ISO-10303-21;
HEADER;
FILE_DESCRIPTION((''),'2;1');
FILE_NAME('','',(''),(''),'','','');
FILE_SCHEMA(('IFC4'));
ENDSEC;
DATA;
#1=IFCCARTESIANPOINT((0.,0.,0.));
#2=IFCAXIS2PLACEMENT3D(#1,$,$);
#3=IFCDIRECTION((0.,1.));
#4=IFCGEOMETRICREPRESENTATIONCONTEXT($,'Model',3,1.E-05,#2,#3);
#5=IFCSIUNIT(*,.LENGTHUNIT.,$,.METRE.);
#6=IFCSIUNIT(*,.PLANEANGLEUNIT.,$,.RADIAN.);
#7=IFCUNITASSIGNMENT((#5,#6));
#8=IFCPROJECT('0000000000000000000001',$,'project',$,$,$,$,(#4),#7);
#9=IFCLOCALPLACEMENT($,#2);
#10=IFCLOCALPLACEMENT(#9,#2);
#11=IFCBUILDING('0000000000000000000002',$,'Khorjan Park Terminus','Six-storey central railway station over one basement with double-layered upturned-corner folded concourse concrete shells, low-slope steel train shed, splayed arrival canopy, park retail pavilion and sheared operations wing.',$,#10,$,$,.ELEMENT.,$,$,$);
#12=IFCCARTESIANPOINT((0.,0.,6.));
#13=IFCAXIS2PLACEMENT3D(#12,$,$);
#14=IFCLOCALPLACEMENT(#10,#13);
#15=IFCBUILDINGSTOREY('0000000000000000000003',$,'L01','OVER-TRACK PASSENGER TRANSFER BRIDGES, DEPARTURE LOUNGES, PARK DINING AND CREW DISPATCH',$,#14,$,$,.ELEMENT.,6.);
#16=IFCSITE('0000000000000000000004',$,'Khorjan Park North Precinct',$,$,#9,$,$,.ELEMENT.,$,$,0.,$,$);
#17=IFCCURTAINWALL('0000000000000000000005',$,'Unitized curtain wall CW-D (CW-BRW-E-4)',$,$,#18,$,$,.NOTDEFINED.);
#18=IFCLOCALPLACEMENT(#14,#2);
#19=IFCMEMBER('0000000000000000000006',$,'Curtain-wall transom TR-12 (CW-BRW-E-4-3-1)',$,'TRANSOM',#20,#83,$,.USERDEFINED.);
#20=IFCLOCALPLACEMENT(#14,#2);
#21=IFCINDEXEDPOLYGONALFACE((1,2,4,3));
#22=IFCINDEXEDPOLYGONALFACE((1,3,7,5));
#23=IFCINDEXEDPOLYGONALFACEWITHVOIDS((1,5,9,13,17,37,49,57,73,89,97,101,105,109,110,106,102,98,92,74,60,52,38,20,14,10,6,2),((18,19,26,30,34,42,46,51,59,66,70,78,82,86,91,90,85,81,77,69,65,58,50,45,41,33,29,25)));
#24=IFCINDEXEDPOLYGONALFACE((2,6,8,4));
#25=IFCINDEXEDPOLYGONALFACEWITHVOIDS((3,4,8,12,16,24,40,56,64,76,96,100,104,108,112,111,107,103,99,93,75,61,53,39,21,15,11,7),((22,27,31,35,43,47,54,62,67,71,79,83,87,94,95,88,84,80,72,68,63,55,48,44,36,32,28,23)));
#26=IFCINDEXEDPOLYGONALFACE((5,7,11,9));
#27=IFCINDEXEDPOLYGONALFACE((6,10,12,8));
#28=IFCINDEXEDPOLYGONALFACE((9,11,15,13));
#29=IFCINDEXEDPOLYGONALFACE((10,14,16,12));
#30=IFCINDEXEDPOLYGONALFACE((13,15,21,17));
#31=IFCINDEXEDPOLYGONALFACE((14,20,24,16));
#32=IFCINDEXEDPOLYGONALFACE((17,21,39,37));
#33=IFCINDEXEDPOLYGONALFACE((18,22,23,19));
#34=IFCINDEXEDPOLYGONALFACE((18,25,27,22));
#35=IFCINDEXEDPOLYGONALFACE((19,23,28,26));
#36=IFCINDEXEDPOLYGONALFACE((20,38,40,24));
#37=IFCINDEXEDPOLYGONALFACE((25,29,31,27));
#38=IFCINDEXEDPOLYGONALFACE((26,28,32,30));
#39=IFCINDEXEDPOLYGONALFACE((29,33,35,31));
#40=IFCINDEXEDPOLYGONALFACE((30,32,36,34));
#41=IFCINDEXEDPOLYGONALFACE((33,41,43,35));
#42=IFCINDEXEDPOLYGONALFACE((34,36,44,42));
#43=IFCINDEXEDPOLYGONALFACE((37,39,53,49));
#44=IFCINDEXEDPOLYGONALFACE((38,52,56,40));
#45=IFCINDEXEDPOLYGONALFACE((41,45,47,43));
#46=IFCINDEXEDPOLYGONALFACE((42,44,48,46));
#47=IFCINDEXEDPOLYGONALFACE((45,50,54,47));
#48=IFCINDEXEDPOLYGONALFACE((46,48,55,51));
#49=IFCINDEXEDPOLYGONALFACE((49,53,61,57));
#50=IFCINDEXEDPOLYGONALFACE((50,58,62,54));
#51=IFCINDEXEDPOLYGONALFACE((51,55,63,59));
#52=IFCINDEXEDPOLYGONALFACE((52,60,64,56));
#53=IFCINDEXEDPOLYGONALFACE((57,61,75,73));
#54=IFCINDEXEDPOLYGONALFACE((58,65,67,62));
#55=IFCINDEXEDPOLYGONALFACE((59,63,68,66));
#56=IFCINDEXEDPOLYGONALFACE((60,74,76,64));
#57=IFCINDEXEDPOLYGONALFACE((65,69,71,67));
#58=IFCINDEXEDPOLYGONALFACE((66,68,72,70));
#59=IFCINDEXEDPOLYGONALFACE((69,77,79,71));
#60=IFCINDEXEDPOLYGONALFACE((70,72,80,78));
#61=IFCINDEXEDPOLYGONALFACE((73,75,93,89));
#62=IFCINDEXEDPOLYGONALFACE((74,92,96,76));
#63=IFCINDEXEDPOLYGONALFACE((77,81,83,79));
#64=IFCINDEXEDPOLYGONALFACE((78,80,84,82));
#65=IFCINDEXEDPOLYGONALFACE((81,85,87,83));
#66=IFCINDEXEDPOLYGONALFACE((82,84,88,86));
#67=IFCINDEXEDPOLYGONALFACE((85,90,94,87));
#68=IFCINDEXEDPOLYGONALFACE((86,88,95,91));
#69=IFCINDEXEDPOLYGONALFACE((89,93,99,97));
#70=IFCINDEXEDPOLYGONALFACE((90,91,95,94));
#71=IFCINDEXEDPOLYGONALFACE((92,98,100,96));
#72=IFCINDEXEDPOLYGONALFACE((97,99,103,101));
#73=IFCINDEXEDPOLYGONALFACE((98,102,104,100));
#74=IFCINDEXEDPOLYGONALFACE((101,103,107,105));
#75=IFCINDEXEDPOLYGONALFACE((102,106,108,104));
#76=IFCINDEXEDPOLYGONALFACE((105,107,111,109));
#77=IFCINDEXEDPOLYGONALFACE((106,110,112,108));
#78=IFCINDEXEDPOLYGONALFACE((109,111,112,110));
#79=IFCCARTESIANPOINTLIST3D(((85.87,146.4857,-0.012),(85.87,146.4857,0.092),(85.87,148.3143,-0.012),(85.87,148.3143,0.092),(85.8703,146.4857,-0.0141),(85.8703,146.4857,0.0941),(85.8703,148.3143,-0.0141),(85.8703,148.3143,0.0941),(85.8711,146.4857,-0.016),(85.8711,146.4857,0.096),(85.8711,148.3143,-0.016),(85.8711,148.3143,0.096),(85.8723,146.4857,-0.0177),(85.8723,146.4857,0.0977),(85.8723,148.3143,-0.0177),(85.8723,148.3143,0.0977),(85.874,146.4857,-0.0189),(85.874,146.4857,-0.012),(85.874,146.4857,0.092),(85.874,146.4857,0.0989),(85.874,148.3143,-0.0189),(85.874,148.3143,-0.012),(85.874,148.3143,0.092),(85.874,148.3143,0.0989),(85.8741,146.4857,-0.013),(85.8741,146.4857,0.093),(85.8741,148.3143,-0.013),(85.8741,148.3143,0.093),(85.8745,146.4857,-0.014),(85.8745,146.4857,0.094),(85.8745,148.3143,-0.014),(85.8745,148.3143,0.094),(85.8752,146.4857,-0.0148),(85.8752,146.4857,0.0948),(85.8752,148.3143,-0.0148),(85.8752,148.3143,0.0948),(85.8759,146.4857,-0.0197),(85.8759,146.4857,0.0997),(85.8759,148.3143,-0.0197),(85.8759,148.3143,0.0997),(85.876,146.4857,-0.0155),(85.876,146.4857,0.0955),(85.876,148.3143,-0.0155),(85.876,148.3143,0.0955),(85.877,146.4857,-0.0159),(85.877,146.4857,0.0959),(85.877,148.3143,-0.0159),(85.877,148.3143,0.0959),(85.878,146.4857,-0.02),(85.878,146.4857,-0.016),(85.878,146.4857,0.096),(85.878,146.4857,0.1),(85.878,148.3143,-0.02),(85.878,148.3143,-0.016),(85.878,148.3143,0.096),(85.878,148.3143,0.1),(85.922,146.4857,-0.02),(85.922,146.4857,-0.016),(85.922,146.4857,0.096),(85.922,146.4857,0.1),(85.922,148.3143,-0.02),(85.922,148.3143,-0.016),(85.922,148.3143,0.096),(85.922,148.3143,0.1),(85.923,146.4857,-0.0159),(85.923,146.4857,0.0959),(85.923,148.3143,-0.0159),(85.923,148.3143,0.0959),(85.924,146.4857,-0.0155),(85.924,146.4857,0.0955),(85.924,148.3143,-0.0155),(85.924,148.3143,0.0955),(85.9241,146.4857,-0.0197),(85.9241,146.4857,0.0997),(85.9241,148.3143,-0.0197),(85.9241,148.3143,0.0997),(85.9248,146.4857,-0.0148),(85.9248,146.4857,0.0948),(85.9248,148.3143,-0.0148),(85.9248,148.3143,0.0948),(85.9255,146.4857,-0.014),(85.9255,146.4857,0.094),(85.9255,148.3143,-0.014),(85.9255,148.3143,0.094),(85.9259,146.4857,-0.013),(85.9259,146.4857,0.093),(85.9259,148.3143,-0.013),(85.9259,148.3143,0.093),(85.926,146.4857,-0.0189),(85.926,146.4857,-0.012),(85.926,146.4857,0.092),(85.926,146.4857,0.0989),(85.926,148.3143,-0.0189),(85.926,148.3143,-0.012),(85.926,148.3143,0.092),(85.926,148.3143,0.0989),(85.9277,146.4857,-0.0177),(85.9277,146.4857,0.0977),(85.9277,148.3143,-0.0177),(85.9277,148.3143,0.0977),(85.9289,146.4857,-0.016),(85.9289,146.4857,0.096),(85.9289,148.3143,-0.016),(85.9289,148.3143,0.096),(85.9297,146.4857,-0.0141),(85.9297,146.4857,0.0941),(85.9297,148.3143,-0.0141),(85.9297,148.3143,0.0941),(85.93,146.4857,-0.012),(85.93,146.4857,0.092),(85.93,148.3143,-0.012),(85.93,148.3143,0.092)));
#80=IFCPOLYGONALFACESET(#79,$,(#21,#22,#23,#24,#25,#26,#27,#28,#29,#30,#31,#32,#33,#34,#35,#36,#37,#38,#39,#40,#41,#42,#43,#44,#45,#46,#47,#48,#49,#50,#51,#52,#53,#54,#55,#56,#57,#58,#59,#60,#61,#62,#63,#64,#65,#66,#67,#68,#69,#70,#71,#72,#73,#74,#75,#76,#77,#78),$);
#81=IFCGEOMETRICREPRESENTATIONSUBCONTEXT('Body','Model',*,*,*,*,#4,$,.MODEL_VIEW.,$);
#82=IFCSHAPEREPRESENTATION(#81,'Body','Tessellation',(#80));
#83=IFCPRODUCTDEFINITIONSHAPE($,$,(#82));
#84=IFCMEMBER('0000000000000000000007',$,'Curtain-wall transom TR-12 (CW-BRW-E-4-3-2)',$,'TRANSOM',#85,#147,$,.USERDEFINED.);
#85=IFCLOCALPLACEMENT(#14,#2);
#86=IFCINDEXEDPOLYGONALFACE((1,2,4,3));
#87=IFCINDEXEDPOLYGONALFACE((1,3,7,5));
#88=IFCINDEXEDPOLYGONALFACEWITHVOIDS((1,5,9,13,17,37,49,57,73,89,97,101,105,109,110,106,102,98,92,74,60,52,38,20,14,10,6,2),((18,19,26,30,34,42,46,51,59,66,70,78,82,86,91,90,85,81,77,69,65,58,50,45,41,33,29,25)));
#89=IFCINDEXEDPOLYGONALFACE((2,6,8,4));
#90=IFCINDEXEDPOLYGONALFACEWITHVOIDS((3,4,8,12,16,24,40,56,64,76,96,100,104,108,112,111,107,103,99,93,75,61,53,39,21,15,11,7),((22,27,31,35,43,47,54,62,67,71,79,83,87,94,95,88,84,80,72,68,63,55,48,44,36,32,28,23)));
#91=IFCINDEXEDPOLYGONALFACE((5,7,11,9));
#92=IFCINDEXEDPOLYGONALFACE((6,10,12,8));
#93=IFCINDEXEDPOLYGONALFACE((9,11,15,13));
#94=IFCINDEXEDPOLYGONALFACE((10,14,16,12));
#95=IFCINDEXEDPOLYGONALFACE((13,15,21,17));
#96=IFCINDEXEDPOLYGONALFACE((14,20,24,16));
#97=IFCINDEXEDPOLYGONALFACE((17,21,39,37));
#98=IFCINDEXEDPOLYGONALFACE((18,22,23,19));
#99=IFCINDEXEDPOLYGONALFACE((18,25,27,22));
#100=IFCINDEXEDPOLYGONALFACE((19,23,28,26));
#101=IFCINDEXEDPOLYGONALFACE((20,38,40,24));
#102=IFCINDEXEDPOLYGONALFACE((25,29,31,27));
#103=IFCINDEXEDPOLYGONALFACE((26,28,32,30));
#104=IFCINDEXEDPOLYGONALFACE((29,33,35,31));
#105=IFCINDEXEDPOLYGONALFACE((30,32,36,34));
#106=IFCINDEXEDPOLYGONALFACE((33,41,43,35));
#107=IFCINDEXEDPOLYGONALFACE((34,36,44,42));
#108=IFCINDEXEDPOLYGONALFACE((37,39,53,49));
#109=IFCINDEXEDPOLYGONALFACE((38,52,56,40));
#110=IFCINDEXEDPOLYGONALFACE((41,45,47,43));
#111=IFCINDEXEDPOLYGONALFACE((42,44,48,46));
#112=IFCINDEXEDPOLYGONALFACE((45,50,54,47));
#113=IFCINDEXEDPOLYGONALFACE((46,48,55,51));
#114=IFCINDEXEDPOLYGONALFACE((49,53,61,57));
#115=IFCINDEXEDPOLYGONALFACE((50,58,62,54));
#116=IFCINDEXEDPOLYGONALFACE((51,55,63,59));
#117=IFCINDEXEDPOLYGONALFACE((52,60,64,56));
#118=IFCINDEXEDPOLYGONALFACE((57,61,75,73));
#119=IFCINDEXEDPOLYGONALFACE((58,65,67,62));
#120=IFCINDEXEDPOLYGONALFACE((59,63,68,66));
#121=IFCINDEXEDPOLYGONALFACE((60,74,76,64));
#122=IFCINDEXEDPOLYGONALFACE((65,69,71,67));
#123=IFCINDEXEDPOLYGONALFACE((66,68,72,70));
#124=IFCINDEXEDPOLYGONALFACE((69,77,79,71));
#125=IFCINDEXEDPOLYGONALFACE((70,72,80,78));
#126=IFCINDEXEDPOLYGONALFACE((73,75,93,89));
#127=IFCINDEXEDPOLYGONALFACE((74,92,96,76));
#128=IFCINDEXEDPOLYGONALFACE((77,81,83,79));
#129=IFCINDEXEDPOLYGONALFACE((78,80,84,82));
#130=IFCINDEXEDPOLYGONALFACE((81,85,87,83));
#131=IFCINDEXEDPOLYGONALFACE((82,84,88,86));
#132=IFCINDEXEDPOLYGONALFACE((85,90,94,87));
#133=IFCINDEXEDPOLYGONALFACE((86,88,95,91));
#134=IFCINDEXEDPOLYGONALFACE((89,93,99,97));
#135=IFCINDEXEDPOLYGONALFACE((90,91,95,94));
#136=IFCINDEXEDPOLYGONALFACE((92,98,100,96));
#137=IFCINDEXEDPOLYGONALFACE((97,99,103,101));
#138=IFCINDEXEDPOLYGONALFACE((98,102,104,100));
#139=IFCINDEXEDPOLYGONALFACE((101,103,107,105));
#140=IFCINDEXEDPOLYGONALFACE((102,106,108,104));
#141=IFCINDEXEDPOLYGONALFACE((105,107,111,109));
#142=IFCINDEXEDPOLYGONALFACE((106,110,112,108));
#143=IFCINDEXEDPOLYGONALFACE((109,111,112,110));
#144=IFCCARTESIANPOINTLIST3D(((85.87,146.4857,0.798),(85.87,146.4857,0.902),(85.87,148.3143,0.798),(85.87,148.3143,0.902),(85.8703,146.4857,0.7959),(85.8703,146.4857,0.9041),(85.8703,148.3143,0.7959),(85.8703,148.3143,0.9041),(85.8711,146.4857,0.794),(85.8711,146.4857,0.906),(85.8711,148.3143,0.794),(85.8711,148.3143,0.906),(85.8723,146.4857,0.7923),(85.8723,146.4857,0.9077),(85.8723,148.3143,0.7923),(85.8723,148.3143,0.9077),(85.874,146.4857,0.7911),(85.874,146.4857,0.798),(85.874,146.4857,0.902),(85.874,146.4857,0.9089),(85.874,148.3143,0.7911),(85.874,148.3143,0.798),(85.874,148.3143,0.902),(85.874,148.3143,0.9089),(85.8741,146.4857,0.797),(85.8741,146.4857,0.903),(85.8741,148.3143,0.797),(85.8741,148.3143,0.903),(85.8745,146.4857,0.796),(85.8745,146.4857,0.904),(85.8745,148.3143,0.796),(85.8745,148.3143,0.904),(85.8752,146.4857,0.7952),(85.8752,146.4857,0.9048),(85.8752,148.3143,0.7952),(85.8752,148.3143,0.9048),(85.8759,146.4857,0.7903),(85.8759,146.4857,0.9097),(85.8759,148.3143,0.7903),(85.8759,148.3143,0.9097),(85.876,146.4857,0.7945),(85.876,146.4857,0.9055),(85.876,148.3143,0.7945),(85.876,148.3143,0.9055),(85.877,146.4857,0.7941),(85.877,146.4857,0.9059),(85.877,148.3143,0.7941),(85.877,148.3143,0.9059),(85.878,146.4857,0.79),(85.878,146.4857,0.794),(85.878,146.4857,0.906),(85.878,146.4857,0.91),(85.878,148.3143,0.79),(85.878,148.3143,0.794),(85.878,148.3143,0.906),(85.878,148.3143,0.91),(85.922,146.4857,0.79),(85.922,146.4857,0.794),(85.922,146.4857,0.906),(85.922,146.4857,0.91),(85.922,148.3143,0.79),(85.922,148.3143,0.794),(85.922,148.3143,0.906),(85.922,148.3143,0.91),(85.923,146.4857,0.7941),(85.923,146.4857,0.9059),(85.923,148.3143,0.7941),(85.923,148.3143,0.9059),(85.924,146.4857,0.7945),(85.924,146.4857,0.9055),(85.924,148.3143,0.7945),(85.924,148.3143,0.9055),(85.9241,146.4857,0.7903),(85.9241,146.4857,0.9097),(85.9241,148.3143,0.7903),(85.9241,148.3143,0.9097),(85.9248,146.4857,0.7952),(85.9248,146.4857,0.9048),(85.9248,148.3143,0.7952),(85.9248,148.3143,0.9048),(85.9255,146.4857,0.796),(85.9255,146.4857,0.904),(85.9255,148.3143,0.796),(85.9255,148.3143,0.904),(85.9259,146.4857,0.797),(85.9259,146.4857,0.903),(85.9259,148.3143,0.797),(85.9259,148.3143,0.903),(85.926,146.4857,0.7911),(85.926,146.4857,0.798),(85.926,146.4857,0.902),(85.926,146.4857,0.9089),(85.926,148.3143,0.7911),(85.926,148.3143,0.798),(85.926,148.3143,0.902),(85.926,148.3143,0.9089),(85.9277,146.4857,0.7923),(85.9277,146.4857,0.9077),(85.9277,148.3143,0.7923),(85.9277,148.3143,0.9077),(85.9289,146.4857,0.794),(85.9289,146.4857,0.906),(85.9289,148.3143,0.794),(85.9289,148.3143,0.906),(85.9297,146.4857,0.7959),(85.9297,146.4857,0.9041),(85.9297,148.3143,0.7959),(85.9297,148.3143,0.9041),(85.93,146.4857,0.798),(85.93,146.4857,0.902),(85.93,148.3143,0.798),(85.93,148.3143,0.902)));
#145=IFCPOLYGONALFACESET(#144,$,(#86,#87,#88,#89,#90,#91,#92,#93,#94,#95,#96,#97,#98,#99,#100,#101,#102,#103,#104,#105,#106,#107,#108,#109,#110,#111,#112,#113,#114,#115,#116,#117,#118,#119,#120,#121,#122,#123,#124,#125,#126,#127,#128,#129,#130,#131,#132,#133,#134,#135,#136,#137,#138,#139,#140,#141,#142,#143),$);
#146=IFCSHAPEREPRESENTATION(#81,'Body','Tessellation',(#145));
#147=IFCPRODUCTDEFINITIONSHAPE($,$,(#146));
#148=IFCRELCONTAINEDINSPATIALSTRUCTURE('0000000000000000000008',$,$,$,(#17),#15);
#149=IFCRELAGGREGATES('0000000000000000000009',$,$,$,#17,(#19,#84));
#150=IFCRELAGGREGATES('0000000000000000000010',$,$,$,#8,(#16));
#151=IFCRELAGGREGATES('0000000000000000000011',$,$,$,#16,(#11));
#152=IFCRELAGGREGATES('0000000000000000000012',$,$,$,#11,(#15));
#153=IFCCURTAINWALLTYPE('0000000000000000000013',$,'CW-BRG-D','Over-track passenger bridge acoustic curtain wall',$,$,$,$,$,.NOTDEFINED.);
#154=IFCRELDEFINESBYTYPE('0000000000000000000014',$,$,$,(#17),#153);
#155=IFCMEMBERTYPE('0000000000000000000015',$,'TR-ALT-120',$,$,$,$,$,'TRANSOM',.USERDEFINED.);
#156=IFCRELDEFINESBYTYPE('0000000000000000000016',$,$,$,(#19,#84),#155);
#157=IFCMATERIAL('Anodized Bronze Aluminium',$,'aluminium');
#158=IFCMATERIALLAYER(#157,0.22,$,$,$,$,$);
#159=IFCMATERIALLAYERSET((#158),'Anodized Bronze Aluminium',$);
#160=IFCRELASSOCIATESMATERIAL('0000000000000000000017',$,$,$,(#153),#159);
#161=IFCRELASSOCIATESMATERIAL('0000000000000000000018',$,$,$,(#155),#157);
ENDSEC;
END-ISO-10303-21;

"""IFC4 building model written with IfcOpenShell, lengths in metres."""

from ifc_helpers import new_model, si_unit, direction, frame, origin, origin_2d, place, context, subcontext, project, spatial, hollow_rectangle, extrude, material, layer, layer_set, material_profile, profile_set, type_object, element, aggregate, save


model = new_model("IFC4")

# Units and contexts
model_context = context("Model", 3, precision=1e-05, world=origin(), true_north=direction((0.0, 1.0)))
body_context = subcontext(model_context, "Body", "Model", "MODEL_VIEW")
ifc_project = project(units=[si_unit("LENGTHUNIT", "METRE"), si_unit("PLANEANGLEUNIT", "RADIAN")], contexts=[model_context])

# Site, building, storey
site_placement = place(None, origin())
site = spatial("IfcSite", under=ifc_project, at=site_placement, Name="Khorjan Park North Precinct", CompositionType="ELEMENT", RefElevation=0.0)
building_placement = place(site_placement, origin())
building = spatial("IfcBuilding", under=site, at=building_placement, Name="Khorjan Park Terminus", Description="Six-storey central railway station over one basement with double-layered upturned-corner folded concourse concrete shells, low-slope steel train shed, splayed arrival canopy, park retail pavilion and sheared operations wing.", CompositionType="ELEMENT")
storey_placement = place(building_placement, frame((0.0, 0.0, 6.0)))
storey = spatial("IfcBuildingStorey", under=building, at=storey_placement, Name="L01", Description="OVER-TRACK PASSENGER TRANSFER BRIDGES, DEPARTURE LOUNGES, PARK DINING AND CREW DISPATCH", CompositionType="ELEMENT", Elevation=6.0)

# Curtain wall, members
ifc_material_1 = material(Name="Anodized Bronze Aluminium", Category="aluminium")
ifc_layer_1 = layer(ifc_material_1, 0.22)
ifc_layer_set_1 = layer_set([ifc_layer_1], Name="Anodized Bronze Aluminium")
curtain_wall_type = type_object("IfcCurtainWallType", Name="CW-BRG-D", Description="Over-track passenger bridge acoustic curtain wall", PredefinedType="NOTDEFINED", material=ifc_layer_set_1)
curtain_wall_placement = place(storey_placement, origin())
curtain_wall = element("IfcCurtainWall", 1, at=curtain_wall_placement, inside=storey, type_object=curtain_wall_type, Name="Unitized curtain wall CW-D (CW-BRW-E-4)", PredefinedType="NOTDEFINED")
ifc_material_profile_1 = material_profile(ifc_material_1, hollow_rectangle(XDim=0.06, YDim=0.12, WallThickness=0.004, InnerFilletRadius=0.004, OuterFilletRadius=0.008, at=origin_2d()), Name="ALT 60x120x4")
ifc_profile_set_1 = profile_set([ifc_material_profile_1], Name="Anodized Bronze Aluminium")
member_type_1 = type_object("IfcMemberType", Name="TR-ALT-120", ElementType="TRANSOM", PredefinedType="USERDEFINED", material=ifc_profile_set_1)
member_1_placement = place(storey_placement, frame((85.9, 146.4857, 0.04), z_axis=(0.0, 1.0, 0.0), x_axis=(-1.0, 0.0, 0.0)))
member_1 = element("IfcMember", 2, at=member_1_placement, type_object=member_type_1, Name="Curtain-wall transom TR-12 (CW-BRW-E-4-3-1)", ObjectType="TRANSOM", PredefinedType="USERDEFINED", context=body_context, shape_type="SweptSolid", body=[
    extrude(hollow_rectangle(XDim=0.06, YDim=0.12, WallThickness=0.004, InnerFilletRadius=0.004, OuterFilletRadius=0.008, at=origin_2d()), origin(), (0.0, 0.0, 1.0), 1.8286),
])
member_2_placement = place(storey_placement, frame((85.9, 146.4857, 0.85), z_axis=(0.0, 1.0, 0.0), x_axis=(-1.0, 0.0, 0.0)))
member_2 = element("IfcMember", 3, at=member_2_placement, type_object=member_type_1, Name="Curtain-wall transom TR-12 (CW-BRW-E-4-3-2)", ObjectType="TRANSOM", PredefinedType="USERDEFINED", context=body_context, shape_type="SweptSolid", body=[
    extrude(hollow_rectangle(XDim=0.06, YDim=0.12, WallThickness=0.004, InnerFilletRadius=0.004, OuterFilletRadius=0.008, at=origin_2d()), origin(), (0.0, 0.0, 1.0), 1.8286),
])
aggregate(curtain_wall, [member_1, member_2])

save(model, "model.ifc")
